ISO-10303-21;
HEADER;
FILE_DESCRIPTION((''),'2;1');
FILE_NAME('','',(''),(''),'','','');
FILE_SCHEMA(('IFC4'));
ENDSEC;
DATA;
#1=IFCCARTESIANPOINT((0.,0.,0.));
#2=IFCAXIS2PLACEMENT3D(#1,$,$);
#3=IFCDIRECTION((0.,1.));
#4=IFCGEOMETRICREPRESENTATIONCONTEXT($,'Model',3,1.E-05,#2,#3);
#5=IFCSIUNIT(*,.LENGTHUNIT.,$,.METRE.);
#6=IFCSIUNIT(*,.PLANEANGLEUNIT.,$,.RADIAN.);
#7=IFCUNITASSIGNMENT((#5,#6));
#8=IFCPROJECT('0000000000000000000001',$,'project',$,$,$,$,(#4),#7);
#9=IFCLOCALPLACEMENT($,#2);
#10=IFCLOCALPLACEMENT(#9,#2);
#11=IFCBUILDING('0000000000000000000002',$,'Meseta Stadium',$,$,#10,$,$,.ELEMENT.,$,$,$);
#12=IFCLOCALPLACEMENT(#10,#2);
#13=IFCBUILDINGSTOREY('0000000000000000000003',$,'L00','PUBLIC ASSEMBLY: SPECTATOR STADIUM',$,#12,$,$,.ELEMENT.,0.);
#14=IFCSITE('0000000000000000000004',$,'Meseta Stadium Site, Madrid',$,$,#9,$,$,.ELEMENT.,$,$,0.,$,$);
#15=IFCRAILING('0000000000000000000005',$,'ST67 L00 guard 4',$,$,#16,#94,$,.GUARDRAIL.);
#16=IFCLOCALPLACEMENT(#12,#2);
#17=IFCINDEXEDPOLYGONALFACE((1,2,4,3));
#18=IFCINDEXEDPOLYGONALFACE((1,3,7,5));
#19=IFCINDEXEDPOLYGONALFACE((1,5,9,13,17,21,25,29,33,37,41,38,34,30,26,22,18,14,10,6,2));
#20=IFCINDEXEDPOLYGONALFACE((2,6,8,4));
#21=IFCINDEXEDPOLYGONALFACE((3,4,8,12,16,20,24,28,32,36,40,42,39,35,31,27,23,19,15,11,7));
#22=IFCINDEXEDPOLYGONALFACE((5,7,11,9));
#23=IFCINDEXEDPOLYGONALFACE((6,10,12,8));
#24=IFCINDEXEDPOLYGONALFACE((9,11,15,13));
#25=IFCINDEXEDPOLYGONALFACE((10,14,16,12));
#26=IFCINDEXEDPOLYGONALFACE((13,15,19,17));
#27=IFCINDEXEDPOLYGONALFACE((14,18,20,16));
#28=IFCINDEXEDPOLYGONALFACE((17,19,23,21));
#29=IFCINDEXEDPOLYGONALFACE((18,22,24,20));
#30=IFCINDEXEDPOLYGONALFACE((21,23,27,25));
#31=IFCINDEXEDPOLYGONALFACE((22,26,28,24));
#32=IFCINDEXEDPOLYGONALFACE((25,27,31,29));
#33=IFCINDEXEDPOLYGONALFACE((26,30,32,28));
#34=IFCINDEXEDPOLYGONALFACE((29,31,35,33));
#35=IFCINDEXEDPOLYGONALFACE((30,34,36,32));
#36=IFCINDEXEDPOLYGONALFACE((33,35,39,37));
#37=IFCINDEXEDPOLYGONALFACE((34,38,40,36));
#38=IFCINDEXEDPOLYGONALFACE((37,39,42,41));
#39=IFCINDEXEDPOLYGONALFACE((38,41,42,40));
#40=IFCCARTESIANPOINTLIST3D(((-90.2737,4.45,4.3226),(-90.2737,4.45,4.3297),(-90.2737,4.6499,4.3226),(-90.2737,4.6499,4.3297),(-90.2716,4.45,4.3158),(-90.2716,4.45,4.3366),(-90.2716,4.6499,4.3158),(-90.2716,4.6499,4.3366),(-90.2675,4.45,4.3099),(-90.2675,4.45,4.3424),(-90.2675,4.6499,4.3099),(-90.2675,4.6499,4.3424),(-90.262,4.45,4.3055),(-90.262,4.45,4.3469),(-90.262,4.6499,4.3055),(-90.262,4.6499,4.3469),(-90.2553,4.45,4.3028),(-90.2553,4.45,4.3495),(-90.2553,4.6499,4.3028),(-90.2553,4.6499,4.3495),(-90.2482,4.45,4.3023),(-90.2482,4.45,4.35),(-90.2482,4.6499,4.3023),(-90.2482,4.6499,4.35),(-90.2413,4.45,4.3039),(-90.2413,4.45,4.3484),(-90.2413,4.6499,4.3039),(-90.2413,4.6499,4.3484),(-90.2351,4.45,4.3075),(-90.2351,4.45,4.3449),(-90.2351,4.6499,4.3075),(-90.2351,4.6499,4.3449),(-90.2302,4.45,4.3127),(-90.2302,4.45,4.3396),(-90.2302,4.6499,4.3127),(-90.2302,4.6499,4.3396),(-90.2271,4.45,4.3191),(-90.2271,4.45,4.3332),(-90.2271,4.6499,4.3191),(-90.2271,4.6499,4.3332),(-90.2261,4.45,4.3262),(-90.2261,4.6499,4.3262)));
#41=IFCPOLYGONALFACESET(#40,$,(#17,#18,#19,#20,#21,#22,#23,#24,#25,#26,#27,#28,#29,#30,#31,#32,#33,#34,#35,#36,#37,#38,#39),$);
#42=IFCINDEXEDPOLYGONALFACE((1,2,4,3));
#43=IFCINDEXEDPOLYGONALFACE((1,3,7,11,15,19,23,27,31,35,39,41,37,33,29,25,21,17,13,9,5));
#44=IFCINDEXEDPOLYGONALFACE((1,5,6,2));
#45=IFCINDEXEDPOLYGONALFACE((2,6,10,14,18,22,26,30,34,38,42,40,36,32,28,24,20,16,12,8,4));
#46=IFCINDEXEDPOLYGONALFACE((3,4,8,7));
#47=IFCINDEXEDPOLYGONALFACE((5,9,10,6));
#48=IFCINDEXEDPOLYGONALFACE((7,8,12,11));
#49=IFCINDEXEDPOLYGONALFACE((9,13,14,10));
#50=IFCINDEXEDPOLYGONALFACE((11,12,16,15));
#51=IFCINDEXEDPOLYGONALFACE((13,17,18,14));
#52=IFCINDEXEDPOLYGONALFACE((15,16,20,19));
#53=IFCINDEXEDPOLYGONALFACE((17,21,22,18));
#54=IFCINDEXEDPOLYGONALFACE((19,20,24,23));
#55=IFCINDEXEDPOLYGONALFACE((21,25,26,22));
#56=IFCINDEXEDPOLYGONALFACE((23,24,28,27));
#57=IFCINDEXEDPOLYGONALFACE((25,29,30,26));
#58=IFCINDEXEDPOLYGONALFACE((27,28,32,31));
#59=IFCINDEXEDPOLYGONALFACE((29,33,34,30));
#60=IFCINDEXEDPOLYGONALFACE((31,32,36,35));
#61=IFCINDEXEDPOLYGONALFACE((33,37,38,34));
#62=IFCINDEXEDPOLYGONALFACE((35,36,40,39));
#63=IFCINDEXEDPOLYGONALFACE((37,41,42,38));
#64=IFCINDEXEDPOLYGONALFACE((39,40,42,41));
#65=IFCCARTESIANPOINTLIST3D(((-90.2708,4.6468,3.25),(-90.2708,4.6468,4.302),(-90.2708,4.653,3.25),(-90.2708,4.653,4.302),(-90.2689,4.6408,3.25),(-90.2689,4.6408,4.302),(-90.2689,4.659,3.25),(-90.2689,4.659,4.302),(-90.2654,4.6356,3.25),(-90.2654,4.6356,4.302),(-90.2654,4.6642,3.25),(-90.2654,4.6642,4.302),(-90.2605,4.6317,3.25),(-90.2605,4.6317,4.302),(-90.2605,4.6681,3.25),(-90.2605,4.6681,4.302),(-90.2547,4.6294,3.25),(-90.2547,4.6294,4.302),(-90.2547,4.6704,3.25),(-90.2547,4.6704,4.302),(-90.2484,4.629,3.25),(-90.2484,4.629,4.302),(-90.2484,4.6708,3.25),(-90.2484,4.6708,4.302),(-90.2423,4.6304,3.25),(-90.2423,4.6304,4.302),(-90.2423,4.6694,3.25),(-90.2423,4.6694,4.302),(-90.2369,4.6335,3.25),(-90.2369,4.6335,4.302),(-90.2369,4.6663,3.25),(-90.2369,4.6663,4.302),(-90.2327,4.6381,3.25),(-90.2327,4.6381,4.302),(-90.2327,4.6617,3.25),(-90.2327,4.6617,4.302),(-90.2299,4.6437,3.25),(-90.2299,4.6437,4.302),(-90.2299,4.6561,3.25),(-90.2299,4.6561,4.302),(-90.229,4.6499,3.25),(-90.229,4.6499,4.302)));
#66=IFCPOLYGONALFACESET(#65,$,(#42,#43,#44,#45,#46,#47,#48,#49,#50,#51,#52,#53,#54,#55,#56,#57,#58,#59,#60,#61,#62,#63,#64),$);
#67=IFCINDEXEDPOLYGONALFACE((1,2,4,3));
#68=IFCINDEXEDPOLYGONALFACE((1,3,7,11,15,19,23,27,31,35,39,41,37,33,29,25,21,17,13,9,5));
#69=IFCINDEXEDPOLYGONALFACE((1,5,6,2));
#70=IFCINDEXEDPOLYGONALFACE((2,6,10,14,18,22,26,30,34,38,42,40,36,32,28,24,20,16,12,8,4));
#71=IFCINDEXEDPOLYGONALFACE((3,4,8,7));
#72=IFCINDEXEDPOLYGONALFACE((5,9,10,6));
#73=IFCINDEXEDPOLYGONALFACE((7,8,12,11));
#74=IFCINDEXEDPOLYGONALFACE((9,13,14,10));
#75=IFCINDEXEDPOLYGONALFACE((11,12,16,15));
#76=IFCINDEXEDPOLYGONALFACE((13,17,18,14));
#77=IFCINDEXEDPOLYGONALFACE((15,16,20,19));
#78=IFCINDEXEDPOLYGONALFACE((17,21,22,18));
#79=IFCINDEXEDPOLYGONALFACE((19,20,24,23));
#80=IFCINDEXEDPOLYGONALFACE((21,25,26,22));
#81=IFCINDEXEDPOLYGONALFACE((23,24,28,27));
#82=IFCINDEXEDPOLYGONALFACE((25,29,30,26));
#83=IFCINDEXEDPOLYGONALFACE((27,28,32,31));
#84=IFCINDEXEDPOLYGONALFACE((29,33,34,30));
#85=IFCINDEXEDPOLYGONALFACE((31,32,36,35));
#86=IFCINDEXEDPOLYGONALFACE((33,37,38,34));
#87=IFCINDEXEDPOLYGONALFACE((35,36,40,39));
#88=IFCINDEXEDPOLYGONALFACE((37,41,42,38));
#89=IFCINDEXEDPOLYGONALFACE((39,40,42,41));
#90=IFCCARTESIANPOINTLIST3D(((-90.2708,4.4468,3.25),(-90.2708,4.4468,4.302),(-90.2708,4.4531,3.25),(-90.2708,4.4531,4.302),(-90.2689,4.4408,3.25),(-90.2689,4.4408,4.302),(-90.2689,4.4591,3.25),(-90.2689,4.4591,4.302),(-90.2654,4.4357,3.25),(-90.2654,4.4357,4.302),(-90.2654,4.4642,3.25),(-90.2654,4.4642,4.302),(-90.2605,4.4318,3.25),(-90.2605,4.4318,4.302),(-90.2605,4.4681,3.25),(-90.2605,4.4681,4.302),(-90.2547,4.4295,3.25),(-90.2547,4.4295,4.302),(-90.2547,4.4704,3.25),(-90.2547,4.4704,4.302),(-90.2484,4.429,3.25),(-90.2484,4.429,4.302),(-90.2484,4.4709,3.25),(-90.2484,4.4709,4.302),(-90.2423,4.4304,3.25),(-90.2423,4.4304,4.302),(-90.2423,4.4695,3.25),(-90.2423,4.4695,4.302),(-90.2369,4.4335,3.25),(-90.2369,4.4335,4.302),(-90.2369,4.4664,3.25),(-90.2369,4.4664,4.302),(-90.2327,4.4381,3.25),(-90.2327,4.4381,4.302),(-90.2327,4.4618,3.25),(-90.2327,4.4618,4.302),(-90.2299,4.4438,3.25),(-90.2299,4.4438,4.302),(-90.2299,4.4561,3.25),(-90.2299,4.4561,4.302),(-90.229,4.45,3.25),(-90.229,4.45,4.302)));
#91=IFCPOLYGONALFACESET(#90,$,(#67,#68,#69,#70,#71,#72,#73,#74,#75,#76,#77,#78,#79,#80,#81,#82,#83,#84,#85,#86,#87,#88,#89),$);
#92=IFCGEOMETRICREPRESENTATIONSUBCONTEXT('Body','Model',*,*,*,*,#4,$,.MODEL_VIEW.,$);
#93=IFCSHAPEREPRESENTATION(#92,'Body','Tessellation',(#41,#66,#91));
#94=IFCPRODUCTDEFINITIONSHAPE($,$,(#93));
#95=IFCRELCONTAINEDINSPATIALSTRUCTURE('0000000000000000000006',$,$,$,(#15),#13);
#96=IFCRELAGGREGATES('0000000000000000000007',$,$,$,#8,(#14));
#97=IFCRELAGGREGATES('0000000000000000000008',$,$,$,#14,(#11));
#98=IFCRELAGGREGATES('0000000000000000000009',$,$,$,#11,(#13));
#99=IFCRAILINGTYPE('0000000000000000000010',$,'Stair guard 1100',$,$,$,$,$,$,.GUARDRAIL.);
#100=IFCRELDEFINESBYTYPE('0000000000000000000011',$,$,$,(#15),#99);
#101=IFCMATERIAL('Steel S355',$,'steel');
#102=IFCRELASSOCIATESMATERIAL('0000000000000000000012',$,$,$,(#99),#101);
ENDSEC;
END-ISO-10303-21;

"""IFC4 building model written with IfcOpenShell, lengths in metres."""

from ifc_helpers import new_model, si_unit, direction, frame, origin, origin_2d, place, context, subcontext, project, spatial, circle, extrude, material, type_object, element, save


model = new_model("IFC4")

# Units and contexts
model_context = context("Model", 3, precision=1e-05, world=origin(), true_north=direction((0.0, 1.0)))
body_context = subcontext(model_context, "Body", "Model", "MODEL_VIEW")
ifc_project = project(units=[si_unit("LENGTHUNIT", "METRE"), si_unit("PLANEANGLEUNIT", "RADIAN")], contexts=[model_context])

# Site, building, storey
site_placement = place(None, origin())
site = spatial("IfcSite", under=ifc_project, at=site_placement, Name="Meseta Stadium Site, Madrid", CompositionType="ELEMENT", RefElevation=0.0)
building_placement = place(site_placement, origin())
building = spatial("IfcBuilding", under=site, at=building_placement, Name="Meseta Stadium", CompositionType="ELEMENT")
storey_placement = place(building_placement, origin())
storey = spatial("IfcBuildingStorey", under=building, at=storey_placement, Name="L00", Description="PUBLIC ASSEMBLY: SPECTATOR STADIUM", CompositionType="ELEMENT", Elevation=0.0)

# Railing
ifc_material_1 = material(Name="Steel S355", Category="steel")
railing_type_1 = type_object("IfcRailingType", Name="Stair guard 1100", PredefinedType="GUARDRAIL", material=ifc_material_1)
railing_1_placement = place(storey_placement, frame((-90.25, 4.6499, 3.25)))
element("IfcRailing", 1, at=railing_1_placement, inside=storey, type_object=railing_type_1, Name="ST67 L00 guard 4", PredefinedType="GUARDRAIL", context=body_context, shape_type="SweptSolid", body=[
    extrude(circle(Radius=0.0239, at=origin_2d()), frame((0.0, 0.0, 1.0762), z_axis=(0.0, -1.0, 0.0), x_axis=(1.0, 0.0, 0.0)), (0.0, 0.0, 1.0), 0.2),
    extrude(circle(Radius=0.021, at=origin_2d()), origin(), (0.0, 0.0, 1.0), 1.052),
    extrude(circle(Radius=0.021, at=origin_2d()), frame((0.0, -0.2, 0.0)), (0.0, 0.0, 1.0), 1.052),
])

save(model, "model.ifc")
